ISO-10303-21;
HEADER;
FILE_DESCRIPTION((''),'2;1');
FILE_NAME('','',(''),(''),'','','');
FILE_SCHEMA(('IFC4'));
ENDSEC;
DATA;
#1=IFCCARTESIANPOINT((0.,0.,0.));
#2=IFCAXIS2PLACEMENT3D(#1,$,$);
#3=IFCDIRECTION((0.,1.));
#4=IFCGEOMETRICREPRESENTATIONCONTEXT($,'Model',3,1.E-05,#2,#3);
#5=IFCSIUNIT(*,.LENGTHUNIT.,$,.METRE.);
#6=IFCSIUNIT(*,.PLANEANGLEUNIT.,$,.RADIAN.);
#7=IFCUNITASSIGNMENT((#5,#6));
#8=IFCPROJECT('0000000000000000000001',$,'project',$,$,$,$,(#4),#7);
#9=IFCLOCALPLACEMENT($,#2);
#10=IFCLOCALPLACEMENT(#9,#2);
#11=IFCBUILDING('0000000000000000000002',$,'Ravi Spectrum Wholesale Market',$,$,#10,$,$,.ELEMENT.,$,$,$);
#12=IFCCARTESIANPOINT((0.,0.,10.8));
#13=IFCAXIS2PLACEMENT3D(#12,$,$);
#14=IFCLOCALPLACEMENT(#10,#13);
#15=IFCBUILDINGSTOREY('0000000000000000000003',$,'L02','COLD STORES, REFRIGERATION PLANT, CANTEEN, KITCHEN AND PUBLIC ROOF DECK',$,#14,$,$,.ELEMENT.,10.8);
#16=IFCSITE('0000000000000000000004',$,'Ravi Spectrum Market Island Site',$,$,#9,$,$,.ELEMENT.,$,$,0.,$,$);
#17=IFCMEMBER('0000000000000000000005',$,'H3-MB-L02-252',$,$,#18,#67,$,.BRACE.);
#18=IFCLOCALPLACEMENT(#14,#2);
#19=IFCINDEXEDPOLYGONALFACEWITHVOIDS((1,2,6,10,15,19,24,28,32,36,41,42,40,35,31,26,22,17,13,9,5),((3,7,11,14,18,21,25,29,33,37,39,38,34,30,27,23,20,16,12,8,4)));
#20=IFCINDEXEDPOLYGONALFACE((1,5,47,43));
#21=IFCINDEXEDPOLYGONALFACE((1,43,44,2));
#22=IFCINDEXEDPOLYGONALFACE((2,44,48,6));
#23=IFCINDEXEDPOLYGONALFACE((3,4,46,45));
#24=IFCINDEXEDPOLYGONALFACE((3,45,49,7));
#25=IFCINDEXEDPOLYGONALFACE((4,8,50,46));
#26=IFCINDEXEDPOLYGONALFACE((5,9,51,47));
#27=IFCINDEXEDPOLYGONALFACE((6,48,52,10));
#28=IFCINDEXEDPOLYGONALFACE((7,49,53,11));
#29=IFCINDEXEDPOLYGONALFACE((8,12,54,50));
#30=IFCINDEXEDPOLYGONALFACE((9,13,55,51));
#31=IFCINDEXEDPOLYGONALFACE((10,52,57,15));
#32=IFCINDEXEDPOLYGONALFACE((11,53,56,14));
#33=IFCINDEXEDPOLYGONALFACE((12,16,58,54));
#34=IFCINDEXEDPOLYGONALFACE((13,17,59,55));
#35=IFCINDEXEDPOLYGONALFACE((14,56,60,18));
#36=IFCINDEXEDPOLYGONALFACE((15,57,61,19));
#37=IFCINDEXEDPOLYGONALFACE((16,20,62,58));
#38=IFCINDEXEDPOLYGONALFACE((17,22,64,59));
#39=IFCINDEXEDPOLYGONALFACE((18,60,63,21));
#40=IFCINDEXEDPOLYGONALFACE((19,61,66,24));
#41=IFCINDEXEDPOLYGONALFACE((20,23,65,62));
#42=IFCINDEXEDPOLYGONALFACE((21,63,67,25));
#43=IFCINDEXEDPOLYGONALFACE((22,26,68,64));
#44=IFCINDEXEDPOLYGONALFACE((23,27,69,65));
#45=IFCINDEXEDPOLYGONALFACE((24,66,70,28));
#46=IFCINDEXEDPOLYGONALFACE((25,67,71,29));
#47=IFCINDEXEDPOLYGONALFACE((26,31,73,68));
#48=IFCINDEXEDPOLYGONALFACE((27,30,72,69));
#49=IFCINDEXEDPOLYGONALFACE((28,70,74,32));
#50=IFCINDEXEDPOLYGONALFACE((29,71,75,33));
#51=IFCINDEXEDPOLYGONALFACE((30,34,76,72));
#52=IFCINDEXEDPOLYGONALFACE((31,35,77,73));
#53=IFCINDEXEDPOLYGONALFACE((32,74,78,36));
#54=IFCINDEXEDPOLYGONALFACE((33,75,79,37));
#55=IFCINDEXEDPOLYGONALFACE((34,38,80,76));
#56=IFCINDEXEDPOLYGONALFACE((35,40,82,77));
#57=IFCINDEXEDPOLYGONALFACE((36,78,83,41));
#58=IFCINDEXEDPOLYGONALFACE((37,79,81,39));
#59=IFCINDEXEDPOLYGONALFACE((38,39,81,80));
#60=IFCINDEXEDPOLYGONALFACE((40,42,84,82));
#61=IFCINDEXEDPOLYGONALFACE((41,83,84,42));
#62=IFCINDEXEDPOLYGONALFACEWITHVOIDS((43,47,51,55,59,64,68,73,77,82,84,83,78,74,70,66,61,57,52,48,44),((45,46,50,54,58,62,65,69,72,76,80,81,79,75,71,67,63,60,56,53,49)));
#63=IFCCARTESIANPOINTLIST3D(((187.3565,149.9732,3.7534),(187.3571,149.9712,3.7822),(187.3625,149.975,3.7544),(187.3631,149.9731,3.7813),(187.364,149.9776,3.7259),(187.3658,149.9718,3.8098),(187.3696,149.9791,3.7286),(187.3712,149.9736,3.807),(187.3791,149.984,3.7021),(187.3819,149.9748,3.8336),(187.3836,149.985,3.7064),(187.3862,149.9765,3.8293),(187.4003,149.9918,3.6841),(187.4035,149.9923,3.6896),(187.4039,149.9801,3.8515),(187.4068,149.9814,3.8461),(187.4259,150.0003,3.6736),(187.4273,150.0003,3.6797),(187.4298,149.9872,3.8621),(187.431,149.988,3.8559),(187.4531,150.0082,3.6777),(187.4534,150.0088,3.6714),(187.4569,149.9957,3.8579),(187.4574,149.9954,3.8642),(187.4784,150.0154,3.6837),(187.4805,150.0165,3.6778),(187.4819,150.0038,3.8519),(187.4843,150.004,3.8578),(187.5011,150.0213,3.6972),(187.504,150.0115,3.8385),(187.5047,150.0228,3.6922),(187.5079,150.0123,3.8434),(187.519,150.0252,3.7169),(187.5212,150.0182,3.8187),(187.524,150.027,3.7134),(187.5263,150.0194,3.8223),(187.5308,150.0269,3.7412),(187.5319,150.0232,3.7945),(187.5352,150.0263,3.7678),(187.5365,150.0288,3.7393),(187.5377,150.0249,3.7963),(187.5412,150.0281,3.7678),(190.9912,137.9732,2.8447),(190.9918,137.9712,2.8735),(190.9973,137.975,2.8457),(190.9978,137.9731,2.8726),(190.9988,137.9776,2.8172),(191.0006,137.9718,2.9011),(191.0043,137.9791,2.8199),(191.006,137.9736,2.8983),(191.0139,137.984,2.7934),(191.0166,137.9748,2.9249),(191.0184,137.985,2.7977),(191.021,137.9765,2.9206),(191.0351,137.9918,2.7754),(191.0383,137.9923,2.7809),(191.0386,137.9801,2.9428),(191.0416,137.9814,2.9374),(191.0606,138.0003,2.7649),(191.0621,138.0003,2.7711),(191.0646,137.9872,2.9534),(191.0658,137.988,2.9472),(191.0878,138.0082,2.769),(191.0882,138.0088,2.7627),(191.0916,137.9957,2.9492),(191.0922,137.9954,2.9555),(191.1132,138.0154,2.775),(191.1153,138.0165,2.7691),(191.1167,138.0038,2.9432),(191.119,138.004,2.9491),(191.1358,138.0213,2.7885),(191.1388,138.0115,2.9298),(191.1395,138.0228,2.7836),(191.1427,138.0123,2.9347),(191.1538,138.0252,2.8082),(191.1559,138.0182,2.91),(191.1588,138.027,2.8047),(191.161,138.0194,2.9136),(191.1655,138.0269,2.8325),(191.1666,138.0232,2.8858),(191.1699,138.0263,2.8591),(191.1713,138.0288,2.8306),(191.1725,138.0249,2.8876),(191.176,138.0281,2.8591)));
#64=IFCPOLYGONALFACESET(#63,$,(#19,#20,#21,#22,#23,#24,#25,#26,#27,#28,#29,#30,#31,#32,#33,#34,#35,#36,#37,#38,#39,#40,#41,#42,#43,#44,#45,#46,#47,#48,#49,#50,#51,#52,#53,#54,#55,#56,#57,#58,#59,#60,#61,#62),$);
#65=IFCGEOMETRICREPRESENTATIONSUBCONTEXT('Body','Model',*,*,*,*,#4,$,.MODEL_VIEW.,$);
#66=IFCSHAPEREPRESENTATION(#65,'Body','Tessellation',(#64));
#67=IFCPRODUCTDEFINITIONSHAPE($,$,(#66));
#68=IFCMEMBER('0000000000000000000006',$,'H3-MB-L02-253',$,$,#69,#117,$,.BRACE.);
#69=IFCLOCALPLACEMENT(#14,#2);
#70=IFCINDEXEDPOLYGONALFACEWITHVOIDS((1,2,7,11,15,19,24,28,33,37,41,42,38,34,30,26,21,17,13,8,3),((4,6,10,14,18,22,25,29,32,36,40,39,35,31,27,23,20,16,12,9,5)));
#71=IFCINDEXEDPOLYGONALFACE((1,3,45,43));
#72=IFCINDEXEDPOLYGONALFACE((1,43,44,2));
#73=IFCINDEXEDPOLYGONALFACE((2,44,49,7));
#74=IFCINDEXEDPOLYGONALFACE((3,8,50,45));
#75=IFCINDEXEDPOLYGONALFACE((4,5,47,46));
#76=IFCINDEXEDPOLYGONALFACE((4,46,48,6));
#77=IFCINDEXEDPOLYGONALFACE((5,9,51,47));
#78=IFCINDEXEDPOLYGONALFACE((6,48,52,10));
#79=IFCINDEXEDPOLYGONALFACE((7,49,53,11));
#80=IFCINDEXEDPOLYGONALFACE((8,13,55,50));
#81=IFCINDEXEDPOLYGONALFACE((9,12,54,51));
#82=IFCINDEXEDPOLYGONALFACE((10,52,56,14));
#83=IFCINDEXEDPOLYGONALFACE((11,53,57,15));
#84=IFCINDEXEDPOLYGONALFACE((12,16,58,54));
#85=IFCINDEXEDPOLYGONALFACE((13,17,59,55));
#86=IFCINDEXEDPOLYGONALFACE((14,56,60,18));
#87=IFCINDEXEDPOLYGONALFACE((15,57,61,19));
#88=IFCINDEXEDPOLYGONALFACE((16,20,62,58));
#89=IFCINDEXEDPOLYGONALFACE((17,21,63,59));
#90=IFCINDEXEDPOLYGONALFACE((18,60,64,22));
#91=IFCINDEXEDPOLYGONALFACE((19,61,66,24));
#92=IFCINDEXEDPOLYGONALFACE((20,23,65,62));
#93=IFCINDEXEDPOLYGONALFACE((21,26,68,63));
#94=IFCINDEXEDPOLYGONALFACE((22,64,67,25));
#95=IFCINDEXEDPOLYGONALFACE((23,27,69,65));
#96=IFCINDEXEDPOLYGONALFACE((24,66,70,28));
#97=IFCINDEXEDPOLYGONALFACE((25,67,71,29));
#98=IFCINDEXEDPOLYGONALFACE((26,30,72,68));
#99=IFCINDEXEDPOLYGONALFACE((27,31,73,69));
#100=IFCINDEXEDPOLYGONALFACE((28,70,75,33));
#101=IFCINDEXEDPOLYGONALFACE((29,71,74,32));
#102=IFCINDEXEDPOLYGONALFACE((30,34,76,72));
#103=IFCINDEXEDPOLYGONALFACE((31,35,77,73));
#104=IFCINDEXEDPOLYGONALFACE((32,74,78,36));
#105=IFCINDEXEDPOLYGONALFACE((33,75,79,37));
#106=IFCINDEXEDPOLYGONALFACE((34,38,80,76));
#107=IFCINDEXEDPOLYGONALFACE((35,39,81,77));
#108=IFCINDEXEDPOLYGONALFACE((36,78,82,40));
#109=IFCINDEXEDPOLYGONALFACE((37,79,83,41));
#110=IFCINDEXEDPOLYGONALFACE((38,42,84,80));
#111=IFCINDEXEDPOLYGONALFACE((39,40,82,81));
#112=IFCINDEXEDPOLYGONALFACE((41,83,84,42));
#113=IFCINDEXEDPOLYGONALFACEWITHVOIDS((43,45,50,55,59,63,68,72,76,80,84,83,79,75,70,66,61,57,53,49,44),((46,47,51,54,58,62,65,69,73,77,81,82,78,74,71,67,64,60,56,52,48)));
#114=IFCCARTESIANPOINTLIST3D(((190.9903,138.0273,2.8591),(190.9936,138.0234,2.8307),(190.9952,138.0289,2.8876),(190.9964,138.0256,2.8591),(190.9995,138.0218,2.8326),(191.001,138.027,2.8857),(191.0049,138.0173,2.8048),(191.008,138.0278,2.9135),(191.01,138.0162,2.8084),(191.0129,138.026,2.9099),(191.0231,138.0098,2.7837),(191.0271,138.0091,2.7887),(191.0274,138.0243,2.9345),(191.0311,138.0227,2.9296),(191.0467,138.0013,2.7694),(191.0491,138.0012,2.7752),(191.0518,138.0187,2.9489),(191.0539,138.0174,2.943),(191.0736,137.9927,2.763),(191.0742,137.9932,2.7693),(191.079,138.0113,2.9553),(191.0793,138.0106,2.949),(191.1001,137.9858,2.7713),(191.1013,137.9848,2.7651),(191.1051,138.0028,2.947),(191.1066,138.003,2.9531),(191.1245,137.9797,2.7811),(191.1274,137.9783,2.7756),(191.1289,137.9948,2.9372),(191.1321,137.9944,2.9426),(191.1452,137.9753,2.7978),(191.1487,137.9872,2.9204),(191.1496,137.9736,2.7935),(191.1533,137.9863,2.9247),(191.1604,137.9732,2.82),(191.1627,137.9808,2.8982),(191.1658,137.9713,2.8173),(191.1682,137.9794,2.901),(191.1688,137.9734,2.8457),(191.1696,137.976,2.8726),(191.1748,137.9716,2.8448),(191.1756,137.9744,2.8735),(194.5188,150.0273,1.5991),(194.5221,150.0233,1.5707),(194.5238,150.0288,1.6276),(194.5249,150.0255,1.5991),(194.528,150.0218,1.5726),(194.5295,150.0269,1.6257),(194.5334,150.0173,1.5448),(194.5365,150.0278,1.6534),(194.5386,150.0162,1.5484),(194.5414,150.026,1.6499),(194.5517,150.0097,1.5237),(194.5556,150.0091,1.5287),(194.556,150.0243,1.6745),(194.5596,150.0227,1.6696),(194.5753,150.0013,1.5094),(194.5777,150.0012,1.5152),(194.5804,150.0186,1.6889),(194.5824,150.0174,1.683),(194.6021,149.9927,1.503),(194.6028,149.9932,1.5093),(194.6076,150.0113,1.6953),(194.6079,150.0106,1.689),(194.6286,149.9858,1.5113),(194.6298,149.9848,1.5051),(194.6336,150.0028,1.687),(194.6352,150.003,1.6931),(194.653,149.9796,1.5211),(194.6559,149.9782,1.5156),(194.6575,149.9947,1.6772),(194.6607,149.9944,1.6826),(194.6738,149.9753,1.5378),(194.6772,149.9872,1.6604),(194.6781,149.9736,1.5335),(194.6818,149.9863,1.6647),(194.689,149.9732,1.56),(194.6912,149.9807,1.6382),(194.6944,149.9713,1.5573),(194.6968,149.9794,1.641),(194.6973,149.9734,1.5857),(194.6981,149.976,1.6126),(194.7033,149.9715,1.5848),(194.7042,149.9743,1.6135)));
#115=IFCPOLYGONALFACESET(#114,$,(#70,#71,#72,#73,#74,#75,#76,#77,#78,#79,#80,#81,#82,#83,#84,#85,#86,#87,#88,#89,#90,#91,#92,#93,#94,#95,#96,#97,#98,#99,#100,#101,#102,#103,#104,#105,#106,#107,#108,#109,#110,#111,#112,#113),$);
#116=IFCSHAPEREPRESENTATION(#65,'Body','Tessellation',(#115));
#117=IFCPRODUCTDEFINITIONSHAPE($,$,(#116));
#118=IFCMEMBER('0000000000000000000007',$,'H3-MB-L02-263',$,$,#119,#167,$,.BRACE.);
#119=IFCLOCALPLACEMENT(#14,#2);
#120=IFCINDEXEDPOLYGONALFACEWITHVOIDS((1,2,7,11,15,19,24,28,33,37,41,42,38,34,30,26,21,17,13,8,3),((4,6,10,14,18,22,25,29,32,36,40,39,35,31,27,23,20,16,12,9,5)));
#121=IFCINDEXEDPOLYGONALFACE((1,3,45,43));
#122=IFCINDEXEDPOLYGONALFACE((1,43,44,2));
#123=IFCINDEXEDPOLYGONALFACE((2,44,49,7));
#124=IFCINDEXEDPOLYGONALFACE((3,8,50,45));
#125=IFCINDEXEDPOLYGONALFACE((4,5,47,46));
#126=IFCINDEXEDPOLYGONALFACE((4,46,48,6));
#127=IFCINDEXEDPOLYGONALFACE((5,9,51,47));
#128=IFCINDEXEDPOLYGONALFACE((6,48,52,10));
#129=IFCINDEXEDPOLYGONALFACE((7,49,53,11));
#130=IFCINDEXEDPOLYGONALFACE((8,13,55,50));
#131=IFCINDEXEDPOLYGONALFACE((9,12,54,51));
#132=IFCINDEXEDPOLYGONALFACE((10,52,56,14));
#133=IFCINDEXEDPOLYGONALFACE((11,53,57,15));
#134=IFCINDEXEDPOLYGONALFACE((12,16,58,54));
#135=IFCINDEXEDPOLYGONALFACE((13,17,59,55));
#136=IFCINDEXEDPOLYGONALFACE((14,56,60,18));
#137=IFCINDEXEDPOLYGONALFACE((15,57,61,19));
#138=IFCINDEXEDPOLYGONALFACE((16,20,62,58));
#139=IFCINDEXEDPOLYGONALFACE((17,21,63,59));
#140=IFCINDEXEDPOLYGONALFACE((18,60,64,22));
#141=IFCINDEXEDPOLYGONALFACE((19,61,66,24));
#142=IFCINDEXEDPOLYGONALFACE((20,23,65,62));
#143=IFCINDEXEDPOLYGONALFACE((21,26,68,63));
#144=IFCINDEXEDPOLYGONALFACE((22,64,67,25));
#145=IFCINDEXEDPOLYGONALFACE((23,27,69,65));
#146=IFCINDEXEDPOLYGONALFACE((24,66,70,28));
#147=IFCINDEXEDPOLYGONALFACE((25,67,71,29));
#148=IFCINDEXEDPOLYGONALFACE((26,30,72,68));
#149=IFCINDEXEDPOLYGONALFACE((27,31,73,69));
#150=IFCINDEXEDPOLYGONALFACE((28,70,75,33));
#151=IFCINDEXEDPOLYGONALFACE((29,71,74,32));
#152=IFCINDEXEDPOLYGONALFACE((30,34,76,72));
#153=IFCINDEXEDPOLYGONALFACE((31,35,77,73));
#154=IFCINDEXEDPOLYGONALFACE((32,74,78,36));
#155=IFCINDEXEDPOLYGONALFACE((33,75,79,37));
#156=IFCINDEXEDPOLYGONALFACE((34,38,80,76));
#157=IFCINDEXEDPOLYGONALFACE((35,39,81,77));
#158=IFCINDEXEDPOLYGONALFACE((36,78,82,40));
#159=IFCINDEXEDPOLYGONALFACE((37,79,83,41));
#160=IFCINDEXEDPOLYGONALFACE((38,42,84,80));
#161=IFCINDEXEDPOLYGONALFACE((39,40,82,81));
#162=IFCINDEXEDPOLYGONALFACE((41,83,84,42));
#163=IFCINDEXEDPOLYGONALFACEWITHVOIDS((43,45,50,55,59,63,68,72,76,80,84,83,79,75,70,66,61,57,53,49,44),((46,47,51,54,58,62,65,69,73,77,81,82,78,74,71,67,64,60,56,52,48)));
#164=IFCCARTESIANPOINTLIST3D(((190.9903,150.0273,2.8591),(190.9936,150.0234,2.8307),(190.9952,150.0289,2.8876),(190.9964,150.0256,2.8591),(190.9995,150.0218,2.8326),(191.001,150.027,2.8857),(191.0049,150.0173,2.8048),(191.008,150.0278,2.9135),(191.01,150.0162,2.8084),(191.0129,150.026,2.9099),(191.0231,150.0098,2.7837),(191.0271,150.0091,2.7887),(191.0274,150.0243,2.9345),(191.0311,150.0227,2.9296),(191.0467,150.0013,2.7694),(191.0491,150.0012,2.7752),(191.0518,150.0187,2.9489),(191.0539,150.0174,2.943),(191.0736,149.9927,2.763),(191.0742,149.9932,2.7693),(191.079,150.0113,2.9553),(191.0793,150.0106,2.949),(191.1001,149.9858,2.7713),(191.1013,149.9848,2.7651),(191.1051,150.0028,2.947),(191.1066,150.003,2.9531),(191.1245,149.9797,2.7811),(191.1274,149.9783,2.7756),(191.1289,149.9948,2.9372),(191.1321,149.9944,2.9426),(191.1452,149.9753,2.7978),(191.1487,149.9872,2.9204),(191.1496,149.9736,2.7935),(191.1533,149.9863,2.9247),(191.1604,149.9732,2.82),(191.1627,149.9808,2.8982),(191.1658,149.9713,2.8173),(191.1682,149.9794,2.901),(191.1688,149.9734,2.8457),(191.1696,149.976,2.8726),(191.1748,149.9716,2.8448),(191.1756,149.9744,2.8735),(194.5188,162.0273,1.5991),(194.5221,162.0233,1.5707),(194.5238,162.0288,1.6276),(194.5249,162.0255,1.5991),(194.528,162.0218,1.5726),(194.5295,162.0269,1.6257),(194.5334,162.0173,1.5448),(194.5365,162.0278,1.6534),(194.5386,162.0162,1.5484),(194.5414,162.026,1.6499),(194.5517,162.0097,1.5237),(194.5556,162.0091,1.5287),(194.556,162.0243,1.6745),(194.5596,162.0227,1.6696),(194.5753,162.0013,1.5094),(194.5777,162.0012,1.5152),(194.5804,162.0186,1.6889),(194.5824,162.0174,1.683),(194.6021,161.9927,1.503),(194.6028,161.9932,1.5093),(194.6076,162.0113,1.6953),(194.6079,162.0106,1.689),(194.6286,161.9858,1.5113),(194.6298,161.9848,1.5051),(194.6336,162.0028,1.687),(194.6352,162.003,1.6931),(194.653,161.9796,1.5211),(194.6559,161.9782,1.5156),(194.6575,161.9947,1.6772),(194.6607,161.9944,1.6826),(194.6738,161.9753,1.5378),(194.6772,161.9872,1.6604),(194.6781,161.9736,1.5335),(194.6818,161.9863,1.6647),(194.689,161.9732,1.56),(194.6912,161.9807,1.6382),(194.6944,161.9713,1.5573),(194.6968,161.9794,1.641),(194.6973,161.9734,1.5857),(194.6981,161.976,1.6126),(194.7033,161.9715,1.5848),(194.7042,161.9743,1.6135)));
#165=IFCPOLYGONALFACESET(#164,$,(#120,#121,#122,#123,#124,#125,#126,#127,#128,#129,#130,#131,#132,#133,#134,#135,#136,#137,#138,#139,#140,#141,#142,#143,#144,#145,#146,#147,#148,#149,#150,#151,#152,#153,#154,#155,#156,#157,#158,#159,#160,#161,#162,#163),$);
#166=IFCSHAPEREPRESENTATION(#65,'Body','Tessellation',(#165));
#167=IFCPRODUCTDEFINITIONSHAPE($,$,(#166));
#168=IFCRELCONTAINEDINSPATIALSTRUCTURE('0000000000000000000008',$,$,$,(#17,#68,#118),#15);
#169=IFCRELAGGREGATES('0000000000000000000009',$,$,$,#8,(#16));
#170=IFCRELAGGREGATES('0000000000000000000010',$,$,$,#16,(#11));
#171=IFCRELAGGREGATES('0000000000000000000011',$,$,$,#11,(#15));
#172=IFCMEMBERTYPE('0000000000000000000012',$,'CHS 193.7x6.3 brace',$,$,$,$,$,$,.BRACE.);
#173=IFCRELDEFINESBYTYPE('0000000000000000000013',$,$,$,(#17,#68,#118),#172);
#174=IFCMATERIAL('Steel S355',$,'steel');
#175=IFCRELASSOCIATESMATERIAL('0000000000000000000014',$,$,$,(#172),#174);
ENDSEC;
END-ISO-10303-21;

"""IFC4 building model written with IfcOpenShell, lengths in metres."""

from ifc_helpers import new_model, si_unit, direction, frame, origin, origin_2d, place, context, subcontext, project, spatial, hollow_circle, extrude, material, material_profile, profile_set, type_object, element, save


model = new_model("IFC4")

# Units and contexts
model_context = context("Model", 3, precision=1e-05, world=origin(), true_north=direction((0.0, 1.0)))
body_context = subcontext(model_context, "Body", "Model", "MODEL_VIEW")
ifc_project = project(units=[si_unit("LENGTHUNIT", "METRE"), si_unit("PLANEANGLEUNIT", "RADIAN")], contexts=[model_context])

# Site, building, storey
site_placement = place(None, origin())
site = spatial("IfcSite", under=ifc_project, at=site_placement, Name="Ravi Spectrum Market Island Site", CompositionType="ELEMENT", RefElevation=0.0)
building_placement = place(site_placement, origin())
building = spatial("IfcBuilding", under=site, at=building_placement, Name="Ravi Spectrum Wholesale Market", CompositionType="ELEMENT")
storey_placement = place(building_placement, frame((0.0, 0.0, 10.8)))
storey = spatial("IfcBuildingStorey", under=building, at=storey_placement, Name="L02", Description="COLD STORES, REFRIGERATION PLANT, CANTEEN, KITCHEN AND PUBLIC ROOF DECK", CompositionType="ELEMENT", Elevation=10.8)

# Members
ifc_material_1 = material(Name="Steel S355", Category="steel")
ifc_material_profile_1 = material_profile(ifc_material_1, hollow_circle(Radius=0.0969, WallThickness=0.0063, at=origin_2d()))
ifc_profile_set_1 = profile_set([ifc_material_profile_1], Name="Steel S355")
member_type_1 = type_object("IfcMemberType", Name="CHS 193.7x6.3 brace", PredefinedType="BRACE", material=ifc_profile_set_1)
for number, where, z_axis, x_axis, name in (
    (1, (187.4485, 150.0, 3.7678), (0.289132, -0.954556, -0.072283), (0.95706, 0.289891, 0.0), "H3-MB-L02-252"),
    (2, (191.0833, 138.0, 2.8591), (0.280683, 0.954553, -0.100229), (-0.959384, 0.282104, 0.0), "H3-MB-L02-253"),
    (3, (191.0833, 150.0, 2.8591), (0.280683, 0.954553, -0.100229), (-0.959384, 0.282104, 0.0), "H3-MB-L02-263"),
):
    element("IfcMember", number, at=place(storey_placement, frame(where, z_axis=z_axis, x_axis=x_axis)), inside=storey, type_object=member_type_1, Name=name, PredefinedType="BRACE", context=body_context, shape_type="SweptSolid", body=[
        extrude(hollow_circle(Radius=0.0969, WallThickness=0.0063, at=origin_2d()), origin(), (0.0, 0.0, 1.0), 12.5713),
    ])

save(model, "model.ifc")
